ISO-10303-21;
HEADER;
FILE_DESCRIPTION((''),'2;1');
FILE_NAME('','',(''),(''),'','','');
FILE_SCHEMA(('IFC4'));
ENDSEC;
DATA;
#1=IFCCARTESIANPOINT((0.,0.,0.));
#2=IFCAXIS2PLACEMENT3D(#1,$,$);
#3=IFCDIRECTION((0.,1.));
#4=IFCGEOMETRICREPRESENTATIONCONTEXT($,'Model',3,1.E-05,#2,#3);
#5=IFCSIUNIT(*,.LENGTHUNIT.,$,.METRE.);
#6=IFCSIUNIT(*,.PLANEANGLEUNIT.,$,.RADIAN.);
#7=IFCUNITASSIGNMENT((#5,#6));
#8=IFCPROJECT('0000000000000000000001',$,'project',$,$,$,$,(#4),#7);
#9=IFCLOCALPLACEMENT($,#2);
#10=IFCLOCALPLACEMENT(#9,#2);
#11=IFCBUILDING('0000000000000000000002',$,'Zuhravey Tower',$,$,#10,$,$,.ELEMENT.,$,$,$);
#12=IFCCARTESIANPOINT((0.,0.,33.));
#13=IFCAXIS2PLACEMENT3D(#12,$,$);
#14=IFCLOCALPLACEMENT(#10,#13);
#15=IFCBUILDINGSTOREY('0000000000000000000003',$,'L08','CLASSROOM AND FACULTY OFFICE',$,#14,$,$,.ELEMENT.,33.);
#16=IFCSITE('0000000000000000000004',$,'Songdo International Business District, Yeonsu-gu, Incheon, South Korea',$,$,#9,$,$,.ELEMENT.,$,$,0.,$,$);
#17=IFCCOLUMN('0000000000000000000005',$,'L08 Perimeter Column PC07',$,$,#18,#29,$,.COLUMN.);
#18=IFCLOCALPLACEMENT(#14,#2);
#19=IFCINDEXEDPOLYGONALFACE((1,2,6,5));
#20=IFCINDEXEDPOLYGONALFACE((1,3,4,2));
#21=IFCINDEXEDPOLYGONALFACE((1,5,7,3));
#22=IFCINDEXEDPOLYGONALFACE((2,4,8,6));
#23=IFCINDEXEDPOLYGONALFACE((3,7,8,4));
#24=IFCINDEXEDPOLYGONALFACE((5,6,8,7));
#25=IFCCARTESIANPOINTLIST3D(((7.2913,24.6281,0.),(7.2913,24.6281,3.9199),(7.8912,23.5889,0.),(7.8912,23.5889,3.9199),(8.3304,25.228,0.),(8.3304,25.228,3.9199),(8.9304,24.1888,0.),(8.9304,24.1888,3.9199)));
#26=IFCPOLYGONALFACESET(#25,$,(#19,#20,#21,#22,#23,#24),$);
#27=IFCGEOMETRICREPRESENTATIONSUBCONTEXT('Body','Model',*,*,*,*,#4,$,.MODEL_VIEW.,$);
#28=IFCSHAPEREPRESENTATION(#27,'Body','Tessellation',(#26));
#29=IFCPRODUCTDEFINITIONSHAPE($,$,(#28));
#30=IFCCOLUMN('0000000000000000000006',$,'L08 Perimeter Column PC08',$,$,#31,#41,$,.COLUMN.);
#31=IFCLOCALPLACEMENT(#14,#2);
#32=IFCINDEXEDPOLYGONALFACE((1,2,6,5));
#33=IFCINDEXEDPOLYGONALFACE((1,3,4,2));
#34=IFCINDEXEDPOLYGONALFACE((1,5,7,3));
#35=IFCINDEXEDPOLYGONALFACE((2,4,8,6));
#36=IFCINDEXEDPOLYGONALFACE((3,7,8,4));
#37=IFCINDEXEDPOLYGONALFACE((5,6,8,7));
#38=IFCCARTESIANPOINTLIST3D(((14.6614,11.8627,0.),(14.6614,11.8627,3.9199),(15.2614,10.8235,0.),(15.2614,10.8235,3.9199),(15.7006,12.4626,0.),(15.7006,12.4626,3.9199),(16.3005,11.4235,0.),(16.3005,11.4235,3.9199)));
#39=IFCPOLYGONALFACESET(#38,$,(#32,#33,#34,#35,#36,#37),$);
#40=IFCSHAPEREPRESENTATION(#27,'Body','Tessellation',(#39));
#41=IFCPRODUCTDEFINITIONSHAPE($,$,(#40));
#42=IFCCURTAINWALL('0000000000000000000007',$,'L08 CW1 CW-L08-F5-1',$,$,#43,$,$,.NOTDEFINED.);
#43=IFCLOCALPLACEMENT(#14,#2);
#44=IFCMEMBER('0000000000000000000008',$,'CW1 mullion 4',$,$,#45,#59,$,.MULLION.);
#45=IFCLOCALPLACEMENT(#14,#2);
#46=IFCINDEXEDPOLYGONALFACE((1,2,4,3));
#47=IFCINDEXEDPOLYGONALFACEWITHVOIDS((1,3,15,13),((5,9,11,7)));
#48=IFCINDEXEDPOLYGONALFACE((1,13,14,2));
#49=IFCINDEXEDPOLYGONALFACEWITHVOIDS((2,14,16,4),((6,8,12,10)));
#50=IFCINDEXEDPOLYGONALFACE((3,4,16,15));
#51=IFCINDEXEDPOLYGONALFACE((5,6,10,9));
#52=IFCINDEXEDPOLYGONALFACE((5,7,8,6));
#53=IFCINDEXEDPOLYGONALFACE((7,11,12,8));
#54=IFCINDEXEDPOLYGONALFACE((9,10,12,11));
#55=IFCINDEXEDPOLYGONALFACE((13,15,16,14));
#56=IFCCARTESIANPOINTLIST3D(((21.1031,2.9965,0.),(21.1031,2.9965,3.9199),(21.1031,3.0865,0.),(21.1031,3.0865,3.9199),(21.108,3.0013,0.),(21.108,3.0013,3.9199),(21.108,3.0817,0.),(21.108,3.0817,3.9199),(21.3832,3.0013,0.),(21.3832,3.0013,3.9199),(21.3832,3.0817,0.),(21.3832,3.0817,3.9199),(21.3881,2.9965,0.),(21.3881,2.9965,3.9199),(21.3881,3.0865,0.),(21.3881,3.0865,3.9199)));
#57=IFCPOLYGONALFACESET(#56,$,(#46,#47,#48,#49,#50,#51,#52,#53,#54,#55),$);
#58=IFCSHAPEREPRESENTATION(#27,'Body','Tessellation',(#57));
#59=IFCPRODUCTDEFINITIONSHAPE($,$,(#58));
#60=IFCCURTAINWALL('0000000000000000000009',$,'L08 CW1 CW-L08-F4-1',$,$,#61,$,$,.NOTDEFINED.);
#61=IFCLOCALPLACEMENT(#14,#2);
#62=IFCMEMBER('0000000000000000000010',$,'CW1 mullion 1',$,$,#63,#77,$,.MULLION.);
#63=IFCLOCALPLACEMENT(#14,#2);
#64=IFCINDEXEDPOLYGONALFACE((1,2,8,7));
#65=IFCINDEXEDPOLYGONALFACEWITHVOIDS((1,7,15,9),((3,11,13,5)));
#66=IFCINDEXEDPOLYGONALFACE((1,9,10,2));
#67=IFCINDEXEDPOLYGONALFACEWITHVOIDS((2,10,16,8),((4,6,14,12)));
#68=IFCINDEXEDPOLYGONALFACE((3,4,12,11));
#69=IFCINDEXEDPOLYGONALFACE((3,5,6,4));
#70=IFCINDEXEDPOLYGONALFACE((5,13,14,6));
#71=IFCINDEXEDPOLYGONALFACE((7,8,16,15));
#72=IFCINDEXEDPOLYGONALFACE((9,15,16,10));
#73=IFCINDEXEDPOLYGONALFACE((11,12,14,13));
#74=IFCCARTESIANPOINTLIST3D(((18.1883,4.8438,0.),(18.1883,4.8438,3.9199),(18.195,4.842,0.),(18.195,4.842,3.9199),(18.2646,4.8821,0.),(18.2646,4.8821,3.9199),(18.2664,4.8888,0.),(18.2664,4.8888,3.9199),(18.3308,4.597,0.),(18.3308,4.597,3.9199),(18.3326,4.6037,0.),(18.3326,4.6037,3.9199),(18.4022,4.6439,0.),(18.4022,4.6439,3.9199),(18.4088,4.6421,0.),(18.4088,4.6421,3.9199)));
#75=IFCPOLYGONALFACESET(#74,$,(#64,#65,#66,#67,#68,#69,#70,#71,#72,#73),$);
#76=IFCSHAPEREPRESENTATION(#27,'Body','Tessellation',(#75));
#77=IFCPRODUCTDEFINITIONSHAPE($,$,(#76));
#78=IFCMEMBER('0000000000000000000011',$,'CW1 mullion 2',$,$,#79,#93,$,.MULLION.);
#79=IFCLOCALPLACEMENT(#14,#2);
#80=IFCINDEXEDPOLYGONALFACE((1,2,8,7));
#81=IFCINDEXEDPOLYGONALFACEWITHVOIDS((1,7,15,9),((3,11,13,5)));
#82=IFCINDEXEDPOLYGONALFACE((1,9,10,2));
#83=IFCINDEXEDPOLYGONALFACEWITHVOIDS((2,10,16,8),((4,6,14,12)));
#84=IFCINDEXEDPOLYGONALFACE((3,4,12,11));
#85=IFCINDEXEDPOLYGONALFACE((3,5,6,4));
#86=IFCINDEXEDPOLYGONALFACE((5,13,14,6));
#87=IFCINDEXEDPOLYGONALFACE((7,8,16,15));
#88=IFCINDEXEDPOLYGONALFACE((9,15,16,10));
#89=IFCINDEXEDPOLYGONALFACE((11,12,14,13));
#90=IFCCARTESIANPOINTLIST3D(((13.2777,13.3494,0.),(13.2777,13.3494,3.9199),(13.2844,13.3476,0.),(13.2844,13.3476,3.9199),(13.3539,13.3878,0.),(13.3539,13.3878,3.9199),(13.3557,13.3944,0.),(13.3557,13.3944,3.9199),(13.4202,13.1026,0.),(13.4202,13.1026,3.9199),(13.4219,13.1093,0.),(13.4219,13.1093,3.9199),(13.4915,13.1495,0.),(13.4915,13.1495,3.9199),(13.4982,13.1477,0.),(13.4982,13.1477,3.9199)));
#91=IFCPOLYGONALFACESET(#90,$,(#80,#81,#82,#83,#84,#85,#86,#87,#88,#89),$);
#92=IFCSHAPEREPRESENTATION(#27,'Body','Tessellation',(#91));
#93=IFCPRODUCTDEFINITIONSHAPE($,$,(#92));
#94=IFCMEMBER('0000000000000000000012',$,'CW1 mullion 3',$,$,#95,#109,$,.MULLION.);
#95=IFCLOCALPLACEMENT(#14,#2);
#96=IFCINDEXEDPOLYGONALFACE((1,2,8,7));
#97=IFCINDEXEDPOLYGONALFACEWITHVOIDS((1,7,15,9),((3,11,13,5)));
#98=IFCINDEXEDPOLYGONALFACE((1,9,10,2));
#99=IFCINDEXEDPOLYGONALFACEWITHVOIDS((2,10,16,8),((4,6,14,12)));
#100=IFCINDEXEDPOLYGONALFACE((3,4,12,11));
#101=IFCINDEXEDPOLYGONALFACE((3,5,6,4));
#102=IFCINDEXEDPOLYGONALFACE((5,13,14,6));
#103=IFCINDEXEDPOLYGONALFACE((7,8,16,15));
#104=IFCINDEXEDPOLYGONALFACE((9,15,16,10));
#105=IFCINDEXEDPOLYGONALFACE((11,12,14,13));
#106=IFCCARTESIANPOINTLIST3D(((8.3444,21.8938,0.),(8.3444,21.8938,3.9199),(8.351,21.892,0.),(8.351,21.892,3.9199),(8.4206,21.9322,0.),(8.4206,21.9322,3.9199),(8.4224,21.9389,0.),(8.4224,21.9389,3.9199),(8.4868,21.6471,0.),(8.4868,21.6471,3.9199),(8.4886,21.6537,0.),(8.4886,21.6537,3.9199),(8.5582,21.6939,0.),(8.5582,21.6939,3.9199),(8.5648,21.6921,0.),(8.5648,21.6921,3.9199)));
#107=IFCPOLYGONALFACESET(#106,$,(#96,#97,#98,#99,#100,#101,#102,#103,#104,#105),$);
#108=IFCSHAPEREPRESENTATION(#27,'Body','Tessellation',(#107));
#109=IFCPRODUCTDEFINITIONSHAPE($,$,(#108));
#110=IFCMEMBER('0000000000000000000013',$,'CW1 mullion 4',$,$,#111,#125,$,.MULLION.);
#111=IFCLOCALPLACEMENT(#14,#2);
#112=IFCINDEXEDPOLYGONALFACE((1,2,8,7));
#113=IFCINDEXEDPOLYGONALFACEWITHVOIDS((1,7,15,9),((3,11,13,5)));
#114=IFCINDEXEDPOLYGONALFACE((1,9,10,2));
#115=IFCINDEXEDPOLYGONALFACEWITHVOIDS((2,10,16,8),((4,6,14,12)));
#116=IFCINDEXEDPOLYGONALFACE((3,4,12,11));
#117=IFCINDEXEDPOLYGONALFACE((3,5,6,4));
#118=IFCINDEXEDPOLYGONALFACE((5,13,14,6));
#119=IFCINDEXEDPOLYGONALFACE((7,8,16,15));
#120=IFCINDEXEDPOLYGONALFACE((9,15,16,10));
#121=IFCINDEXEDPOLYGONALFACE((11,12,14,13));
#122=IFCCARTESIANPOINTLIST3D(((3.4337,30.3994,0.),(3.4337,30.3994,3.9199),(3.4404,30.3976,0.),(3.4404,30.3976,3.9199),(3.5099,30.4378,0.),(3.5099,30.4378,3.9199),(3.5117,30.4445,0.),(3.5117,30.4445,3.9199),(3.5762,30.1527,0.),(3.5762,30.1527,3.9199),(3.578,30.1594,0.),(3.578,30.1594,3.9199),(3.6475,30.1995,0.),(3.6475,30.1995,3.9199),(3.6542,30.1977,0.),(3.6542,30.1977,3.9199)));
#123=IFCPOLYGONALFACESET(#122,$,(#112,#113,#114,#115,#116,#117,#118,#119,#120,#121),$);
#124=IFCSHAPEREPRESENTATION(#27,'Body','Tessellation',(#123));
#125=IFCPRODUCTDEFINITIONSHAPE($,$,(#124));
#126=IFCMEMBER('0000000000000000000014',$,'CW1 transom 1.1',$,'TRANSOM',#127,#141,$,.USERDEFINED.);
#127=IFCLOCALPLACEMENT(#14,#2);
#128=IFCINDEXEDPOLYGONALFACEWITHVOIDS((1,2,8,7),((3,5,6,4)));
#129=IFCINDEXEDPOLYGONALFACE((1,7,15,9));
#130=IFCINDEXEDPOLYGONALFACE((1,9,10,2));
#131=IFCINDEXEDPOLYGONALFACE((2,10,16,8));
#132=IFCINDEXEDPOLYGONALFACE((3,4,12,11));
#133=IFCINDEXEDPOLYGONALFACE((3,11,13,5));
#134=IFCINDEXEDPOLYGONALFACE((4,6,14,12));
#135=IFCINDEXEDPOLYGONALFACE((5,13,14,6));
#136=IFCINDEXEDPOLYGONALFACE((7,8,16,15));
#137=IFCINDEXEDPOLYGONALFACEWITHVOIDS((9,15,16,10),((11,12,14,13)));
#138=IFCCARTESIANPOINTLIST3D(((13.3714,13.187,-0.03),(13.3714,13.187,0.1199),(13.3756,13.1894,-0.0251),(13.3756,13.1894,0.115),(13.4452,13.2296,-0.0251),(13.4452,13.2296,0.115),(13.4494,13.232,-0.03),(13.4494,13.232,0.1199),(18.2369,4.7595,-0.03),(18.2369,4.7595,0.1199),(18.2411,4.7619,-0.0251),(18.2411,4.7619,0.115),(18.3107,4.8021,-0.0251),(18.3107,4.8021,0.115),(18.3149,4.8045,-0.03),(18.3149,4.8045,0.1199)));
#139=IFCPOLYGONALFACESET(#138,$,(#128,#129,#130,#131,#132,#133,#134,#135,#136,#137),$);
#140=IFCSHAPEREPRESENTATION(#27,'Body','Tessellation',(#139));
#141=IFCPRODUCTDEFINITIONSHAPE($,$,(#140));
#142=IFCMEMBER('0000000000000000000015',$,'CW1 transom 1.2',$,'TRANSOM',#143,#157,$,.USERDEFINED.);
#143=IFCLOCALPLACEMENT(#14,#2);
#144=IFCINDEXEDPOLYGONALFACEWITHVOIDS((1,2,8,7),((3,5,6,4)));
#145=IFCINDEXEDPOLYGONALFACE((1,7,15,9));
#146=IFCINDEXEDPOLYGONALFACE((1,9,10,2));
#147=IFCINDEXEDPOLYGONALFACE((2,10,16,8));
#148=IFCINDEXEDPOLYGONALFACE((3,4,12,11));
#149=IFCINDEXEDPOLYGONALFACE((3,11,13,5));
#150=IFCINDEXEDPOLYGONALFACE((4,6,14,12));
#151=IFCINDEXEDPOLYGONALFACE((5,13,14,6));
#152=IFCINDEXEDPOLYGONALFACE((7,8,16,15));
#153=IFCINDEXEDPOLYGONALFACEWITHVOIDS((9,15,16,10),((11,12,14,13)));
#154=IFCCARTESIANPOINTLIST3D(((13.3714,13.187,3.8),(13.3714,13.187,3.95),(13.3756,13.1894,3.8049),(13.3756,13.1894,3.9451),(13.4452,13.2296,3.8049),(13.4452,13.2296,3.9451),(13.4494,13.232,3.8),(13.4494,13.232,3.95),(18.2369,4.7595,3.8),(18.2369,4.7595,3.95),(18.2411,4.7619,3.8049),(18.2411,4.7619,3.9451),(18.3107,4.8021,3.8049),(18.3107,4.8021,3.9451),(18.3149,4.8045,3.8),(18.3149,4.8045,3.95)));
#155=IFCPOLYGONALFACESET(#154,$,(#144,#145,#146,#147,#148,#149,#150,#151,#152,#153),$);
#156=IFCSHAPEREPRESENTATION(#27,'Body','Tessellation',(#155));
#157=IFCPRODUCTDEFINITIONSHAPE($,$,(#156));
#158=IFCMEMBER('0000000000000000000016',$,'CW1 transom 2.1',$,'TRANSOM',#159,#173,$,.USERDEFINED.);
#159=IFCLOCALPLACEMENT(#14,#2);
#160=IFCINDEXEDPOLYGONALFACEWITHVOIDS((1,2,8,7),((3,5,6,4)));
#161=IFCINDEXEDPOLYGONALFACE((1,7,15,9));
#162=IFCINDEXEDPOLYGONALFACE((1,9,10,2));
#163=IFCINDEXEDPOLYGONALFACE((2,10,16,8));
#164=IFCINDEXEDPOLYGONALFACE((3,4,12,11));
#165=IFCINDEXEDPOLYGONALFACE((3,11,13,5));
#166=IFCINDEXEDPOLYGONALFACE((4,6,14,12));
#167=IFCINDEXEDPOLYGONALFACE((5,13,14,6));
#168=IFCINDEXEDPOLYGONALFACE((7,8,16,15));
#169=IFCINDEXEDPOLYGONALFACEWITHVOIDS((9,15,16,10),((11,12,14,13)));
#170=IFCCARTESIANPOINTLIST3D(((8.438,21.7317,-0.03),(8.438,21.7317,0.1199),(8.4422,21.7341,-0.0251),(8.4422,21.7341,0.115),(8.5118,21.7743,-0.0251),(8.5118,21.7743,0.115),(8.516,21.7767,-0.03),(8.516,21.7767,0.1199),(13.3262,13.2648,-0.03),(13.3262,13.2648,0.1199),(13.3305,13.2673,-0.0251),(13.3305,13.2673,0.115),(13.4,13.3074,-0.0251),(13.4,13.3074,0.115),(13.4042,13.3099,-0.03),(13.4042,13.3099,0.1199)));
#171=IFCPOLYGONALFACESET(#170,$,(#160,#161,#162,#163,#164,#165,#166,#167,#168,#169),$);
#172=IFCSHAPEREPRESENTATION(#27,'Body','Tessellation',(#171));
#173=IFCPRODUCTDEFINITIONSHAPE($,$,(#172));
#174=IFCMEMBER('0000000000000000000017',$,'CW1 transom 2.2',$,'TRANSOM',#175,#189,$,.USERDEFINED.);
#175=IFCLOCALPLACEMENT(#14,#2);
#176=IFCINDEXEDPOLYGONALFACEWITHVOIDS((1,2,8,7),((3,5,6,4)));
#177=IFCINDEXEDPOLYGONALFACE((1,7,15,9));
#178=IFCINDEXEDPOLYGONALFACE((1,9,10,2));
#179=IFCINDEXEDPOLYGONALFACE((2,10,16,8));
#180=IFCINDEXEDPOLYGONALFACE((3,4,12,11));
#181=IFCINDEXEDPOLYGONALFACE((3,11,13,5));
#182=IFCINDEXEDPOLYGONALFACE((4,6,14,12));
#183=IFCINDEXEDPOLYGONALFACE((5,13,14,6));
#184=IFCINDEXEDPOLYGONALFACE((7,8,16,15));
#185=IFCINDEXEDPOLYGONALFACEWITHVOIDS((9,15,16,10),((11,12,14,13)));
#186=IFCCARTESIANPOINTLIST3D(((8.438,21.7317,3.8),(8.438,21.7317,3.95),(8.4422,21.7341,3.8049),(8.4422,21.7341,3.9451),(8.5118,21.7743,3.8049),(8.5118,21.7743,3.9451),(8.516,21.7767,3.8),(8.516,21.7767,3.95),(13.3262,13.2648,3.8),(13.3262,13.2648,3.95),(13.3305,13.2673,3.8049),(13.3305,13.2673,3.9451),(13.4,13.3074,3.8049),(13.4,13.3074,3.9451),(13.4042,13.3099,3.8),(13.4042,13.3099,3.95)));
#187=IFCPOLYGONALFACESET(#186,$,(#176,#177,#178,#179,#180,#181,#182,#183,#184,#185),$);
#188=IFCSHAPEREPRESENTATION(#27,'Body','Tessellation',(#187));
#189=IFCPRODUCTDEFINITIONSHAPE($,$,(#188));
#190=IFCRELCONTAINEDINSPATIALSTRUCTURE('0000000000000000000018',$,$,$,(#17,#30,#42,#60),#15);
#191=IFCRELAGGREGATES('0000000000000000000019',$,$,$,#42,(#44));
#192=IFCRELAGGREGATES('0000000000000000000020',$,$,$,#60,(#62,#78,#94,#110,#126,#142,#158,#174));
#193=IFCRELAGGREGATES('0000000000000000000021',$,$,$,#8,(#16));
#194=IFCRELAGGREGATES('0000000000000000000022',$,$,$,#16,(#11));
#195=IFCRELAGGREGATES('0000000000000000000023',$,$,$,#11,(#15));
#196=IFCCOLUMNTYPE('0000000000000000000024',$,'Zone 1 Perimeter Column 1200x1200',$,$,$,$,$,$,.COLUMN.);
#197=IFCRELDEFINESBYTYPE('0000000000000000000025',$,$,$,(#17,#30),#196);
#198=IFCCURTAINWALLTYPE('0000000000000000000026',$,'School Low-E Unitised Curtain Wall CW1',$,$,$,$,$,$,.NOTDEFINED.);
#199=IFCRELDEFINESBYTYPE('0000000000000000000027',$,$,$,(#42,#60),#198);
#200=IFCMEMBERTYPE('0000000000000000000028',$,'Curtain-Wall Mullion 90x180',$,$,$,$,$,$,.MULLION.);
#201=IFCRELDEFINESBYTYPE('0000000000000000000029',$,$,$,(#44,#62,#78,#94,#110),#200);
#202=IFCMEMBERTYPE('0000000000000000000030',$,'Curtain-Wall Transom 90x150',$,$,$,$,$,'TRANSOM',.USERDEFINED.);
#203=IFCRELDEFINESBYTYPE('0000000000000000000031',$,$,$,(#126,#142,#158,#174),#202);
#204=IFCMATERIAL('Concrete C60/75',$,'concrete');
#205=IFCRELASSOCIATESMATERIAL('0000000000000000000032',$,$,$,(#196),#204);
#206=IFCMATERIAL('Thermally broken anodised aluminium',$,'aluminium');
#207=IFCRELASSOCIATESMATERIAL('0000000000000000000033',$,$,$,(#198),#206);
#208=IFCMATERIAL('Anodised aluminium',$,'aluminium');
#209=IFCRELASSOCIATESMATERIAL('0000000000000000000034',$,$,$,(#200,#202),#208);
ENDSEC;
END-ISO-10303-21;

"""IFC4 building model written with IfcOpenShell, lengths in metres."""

from ifc_helpers import new_model, si_unit, direction, frame, origin, origin_2d, place, context, subcontext, project, spatial, rectangle, hollow_rectangle, extrude, material, material_profile, profile_set, type_object, element, aggregate, save


model = new_model("IFC4")

# Units and contexts
model_context = context("Model", 3, precision=1e-05, world=origin(), true_north=direction((0.0, 1.0)))
body_context = subcontext(model_context, "Body", "Model", "MODEL_VIEW")
ifc_project = project(units=[si_unit("LENGTHUNIT", "METRE"), si_unit("PLANEANGLEUNIT", "RADIAN")], contexts=[model_context])

# Site, building, storey
site_placement = place(None, origin())
site = spatial("IfcSite", under=ifc_project, at=site_placement, Name="Songdo International Business District, Yeonsu-gu, Incheon, South Korea", CompositionType="ELEMENT", RefElevation=0.0)
building_placement = place(site_placement, origin())
building = spatial("IfcBuilding", under=site, at=building_placement, Name="Zuhravey Tower", CompositionType="ELEMENT")
storey_placement = place(building_placement, frame((0.0, 0.0, 33.0)))
storey = spatial("IfcBuildingStorey", under=building, at=storey_placement, Name="L08", Description="CLASSROOM AND FACULTY OFFICE", CompositionType="ELEMENT", Elevation=33.0)

# Columns
ifc_material_1 = material(Name="Concrete C60/75", Category="concrete")
ifc_material_profile_1 = material_profile(ifc_material_1, rectangle(XDim=1.2, YDim=1.2, at=origin_2d()), Name="RC-1200x1200")
ifc_profile_set_1 = profile_set([ifc_material_profile_1], Name="Concrete C60/75")
column_type = type_object("IfcColumnType", Name="Zone 1 Perimeter Column 1200x1200", PredefinedType="COLUMN", material=ifc_profile_set_1)
for number, where, z_axis, x_axis, name in (
    (1, (8.1108, 24.4084, 0.0), (0.0, 0.0, 1.0), (0.5, -0.866025, 0.0), "L08 Perimeter Column PC07"),
    (2, (15.481, 11.6431, 0.0), (0.0, 0.0, 1.0), (0.5, -0.866025, 0.0), "L08 Perimeter Column PC08"),
):
    element("IfcColumn", number, at=place(storey_placement, frame(where, z_axis=z_axis, x_axis=x_axis)), inside=storey, type_object=column_type, Name=name, PredefinedType="COLUMN", context=body_context, shape_type="SweptSolid", body=[
        extrude(rectangle(XDim=1.2, YDim=1.2, at=origin_2d()), origin(), (0.0, 0.0, 1.0), 3.9199),
    ])

# Curtain wall, member
ifc_material_2 = material(Name="Thermally broken anodised aluminium", Category="aluminium")
curtain_wall_type = type_object("IfcCurtainWallType", Name="School Low-E Unitised Curtain Wall CW1", PredefinedType="NOTDEFINED", material=ifc_material_2)
curtain_wall_1_placement = place(storey_placement, origin())
curtain_wall_1 = element("IfcCurtainWall", 3, at=curtain_wall_1_placement, inside=storey, type_object=curtain_wall_type, Name="L08 CW1 CW-L08-F5-1", PredefinedType="NOTDEFINED")
ifc_material_3 = material(Name="Anodised aluminium", Category="aluminium")
ifc_material_profile_2 = material_profile(ifc_material_3, hollow_rectangle(XDim=0.0901, YDim=0.2849, WallThickness=0.0049, at=origin_2d()), Name="ALU-RHS-90x285x5")
ifc_profile_set_2 = profile_set([ifc_material_profile_2], Name="Anodised aluminium")
member_type_1 = type_object("IfcMemberType", Name="Curtain-Wall Mullion 90x180", PredefinedType="MULLION", material=ifc_profile_set_2)
member_1_placement = place(storey_placement, frame((21.2456, 3.0415, 0.0), z_axis=(0.0, 0.0, 1.0), x_axis=(0.0, -1.0, 0.0)))
member_1 = element("IfcMember", 4, at=member_1_placement, type_object=member_type_1, Name="CW1 mullion 4", PredefinedType="MULLION", context=body_context, shape_type="SweptSolid", body=[
    extrude(hollow_rectangle(XDim=0.0901, YDim=0.2849, WallThickness=0.0049, at=origin_2d()), origin(), (0.0, 0.0, 1.0), 3.9199),
])
aggregate(curtain_wall_1, [member_1])

# Curtain wall, members
curtain_wall_2_placement = place(storey_placement, origin())
curtain_wall_2 = element("IfcCurtainWall", 5, at=curtain_wall_2_placement, inside=storey, type_object=curtain_wall_type, Name="L08 CW1 CW-L08-F4-1", PredefinedType="NOTDEFINED")
member_2_placement = place(storey_placement, frame((18.2986, 4.7429, 0.0), z_axis=(0.0, 0.0, 1.0), x_axis=(-0.866026, -0.5, 0.0)))
member_2 = element("IfcMember", 6, at=member_2_placement, type_object=member_type_1, Name="CW1 mullion 1", PredefinedType="MULLION", context=body_context, shape_type="SweptSolid", body=[
    extrude(hollow_rectangle(XDim=0.0901, YDim=0.2849, WallThickness=0.0049, at=origin_2d()), origin(), (0.0, 0.0, 1.0), 3.9199),
])
member_3_placement = place(storey_placement, frame((13.3879, 13.2485, 0.0), z_axis=(0.0, 0.0, 1.0), x_axis=(-0.866026, -0.5, 0.0)))
member_3 = element("IfcMember", 7, at=member_3_placement, type_object=member_type_1, Name="CW1 mullion 2", PredefinedType="MULLION", context=body_context, shape_type="SweptSolid", body=[
    extrude(hollow_rectangle(XDim=0.0901, YDim=0.2849, WallThickness=0.0049, at=origin_2d()), origin(), (0.0, 0.0, 1.0), 3.9199),
])
member_4_placement = place(storey_placement, frame((8.4546, 21.793, 0.0), z_axis=(0.0, 0.0, 1.0), x_axis=(-0.866026, -0.5, 0.0)))
member_4 = element("IfcMember", 8, at=member_4_placement, type_object=member_type_1, Name="CW1 mullion 3", PredefinedType="MULLION", context=body_context, shape_type="SweptSolid", body=[
    extrude(hollow_rectangle(XDim=0.0901, YDim=0.2849, WallThickness=0.0049, at=origin_2d()), origin(), (0.0, 0.0, 1.0), 3.9199),
])
member_5_placement = place(storey_placement, frame((3.5439, 30.2986, 0.0), z_axis=(0.0, 0.0, 1.0), x_axis=(-0.866026, -0.5, 0.0)))
member_5 = element("IfcMember", 9, at=member_5_placement, type_object=member_type_1, Name="CW1 mullion 4", PredefinedType="MULLION", context=body_context, shape_type="SweptSolid", body=[
    extrude(hollow_rectangle(XDim=0.0901, YDim=0.2849, WallThickness=0.0049, at=origin_2d()), origin(), (0.0, 0.0, 1.0), 3.9199),
])
ifc_material_profile_3 = material_profile(ifc_material_3, hollow_rectangle(XDim=0.0901, YDim=0.1499, WallThickness=0.0049, at=origin_2d()), Name="ALU-RHS-90x150x5")
ifc_profile_set_3 = profile_set([ifc_material_profile_3], Name="Anodised aluminium")
member_type_2 = type_object("IfcMemberType", Name="Curtain-Wall Transom 90x150", ElementType="TRANSOM", PredefinedType="USERDEFINED", material=ifc_profile_set_3)
member_6_placement = place(storey_placement, frame((18.2759, 4.782, 0.0449), z_axis=(-0.49999, 0.866031, 0.0), x_axis=(-0.866031, -0.49999, 0.0)))
member_6 = element("IfcMember", 10, at=member_6_placement, type_object=member_type_2, Name="CW1 transom 1.1", ObjectType="TRANSOM", PredefinedType="USERDEFINED", context=body_context, shape_type="SweptSolid", body=[
    extrude(hollow_rectangle(XDim=0.0901, YDim=0.1499, WallThickness=0.0049, at=origin_2d()), origin(), (0.0, 0.0, 1.0), 9.7312),
])
member_7_placement = place(storey_placement, frame((18.2759, 4.782, 3.875), z_axis=(-0.49999, 0.866031, 0.0), x_axis=(-0.866031, -0.49999, 0.0)))
member_7 = element("IfcMember", 11, at=member_7_placement, type_object=member_type_2, Name="CW1 transom 1.2", ObjectType="TRANSOM", PredefinedType="USERDEFINED", context=body_context, shape_type="SweptSolid", body=[
    extrude(hollow_rectangle(XDim=0.0901, YDim=0.1499, WallThickness=0.0049, at=origin_2d()), origin(), (0.0, 0.0, 1.0), 9.7312),
])
member_8_placement = place(storey_placement, frame((13.3652, 13.2874, 0.0449), z_axis=(-0.49999, 0.866031, 0.0), x_axis=(-0.866031, -0.49999, 0.0)))
member_8 = element("IfcMember", 12, at=member_8_placement, type_object=member_type_2, Name="CW1 transom 2.1", ObjectType="TRANSOM", PredefinedType="USERDEFINED", context=body_context, shape_type="SweptSolid", body=[
    extrude(hollow_rectangle(XDim=0.0901, YDim=0.1499, WallThickness=0.0049, at=origin_2d()), origin(), (0.0, 0.0, 1.0), 9.7766),
])
member_9_placement = place(storey_placement, frame((13.3652, 13.2874, 3.875), z_axis=(-0.49999, 0.866031, 0.0), x_axis=(-0.866031, -0.49999, 0.0)))
member_9 = element("IfcMember", 13, at=member_9_placement, type_object=member_type_2, Name="CW1 transom 2.2", ObjectType="TRANSOM", PredefinedType="USERDEFINED", context=body_context, shape_type="SweptSolid", body=[
    extrude(hollow_rectangle(XDim=0.0901, YDim=0.1499, WallThickness=0.0049, at=origin_2d()), origin(), (0.0, 0.0, 1.0), 9.7766),
])

aggregate(curtain_wall_2, [member_2, member_3, member_4, member_5, member_6, member_7, member_8, member_9])

save(model, "model.ifc")
